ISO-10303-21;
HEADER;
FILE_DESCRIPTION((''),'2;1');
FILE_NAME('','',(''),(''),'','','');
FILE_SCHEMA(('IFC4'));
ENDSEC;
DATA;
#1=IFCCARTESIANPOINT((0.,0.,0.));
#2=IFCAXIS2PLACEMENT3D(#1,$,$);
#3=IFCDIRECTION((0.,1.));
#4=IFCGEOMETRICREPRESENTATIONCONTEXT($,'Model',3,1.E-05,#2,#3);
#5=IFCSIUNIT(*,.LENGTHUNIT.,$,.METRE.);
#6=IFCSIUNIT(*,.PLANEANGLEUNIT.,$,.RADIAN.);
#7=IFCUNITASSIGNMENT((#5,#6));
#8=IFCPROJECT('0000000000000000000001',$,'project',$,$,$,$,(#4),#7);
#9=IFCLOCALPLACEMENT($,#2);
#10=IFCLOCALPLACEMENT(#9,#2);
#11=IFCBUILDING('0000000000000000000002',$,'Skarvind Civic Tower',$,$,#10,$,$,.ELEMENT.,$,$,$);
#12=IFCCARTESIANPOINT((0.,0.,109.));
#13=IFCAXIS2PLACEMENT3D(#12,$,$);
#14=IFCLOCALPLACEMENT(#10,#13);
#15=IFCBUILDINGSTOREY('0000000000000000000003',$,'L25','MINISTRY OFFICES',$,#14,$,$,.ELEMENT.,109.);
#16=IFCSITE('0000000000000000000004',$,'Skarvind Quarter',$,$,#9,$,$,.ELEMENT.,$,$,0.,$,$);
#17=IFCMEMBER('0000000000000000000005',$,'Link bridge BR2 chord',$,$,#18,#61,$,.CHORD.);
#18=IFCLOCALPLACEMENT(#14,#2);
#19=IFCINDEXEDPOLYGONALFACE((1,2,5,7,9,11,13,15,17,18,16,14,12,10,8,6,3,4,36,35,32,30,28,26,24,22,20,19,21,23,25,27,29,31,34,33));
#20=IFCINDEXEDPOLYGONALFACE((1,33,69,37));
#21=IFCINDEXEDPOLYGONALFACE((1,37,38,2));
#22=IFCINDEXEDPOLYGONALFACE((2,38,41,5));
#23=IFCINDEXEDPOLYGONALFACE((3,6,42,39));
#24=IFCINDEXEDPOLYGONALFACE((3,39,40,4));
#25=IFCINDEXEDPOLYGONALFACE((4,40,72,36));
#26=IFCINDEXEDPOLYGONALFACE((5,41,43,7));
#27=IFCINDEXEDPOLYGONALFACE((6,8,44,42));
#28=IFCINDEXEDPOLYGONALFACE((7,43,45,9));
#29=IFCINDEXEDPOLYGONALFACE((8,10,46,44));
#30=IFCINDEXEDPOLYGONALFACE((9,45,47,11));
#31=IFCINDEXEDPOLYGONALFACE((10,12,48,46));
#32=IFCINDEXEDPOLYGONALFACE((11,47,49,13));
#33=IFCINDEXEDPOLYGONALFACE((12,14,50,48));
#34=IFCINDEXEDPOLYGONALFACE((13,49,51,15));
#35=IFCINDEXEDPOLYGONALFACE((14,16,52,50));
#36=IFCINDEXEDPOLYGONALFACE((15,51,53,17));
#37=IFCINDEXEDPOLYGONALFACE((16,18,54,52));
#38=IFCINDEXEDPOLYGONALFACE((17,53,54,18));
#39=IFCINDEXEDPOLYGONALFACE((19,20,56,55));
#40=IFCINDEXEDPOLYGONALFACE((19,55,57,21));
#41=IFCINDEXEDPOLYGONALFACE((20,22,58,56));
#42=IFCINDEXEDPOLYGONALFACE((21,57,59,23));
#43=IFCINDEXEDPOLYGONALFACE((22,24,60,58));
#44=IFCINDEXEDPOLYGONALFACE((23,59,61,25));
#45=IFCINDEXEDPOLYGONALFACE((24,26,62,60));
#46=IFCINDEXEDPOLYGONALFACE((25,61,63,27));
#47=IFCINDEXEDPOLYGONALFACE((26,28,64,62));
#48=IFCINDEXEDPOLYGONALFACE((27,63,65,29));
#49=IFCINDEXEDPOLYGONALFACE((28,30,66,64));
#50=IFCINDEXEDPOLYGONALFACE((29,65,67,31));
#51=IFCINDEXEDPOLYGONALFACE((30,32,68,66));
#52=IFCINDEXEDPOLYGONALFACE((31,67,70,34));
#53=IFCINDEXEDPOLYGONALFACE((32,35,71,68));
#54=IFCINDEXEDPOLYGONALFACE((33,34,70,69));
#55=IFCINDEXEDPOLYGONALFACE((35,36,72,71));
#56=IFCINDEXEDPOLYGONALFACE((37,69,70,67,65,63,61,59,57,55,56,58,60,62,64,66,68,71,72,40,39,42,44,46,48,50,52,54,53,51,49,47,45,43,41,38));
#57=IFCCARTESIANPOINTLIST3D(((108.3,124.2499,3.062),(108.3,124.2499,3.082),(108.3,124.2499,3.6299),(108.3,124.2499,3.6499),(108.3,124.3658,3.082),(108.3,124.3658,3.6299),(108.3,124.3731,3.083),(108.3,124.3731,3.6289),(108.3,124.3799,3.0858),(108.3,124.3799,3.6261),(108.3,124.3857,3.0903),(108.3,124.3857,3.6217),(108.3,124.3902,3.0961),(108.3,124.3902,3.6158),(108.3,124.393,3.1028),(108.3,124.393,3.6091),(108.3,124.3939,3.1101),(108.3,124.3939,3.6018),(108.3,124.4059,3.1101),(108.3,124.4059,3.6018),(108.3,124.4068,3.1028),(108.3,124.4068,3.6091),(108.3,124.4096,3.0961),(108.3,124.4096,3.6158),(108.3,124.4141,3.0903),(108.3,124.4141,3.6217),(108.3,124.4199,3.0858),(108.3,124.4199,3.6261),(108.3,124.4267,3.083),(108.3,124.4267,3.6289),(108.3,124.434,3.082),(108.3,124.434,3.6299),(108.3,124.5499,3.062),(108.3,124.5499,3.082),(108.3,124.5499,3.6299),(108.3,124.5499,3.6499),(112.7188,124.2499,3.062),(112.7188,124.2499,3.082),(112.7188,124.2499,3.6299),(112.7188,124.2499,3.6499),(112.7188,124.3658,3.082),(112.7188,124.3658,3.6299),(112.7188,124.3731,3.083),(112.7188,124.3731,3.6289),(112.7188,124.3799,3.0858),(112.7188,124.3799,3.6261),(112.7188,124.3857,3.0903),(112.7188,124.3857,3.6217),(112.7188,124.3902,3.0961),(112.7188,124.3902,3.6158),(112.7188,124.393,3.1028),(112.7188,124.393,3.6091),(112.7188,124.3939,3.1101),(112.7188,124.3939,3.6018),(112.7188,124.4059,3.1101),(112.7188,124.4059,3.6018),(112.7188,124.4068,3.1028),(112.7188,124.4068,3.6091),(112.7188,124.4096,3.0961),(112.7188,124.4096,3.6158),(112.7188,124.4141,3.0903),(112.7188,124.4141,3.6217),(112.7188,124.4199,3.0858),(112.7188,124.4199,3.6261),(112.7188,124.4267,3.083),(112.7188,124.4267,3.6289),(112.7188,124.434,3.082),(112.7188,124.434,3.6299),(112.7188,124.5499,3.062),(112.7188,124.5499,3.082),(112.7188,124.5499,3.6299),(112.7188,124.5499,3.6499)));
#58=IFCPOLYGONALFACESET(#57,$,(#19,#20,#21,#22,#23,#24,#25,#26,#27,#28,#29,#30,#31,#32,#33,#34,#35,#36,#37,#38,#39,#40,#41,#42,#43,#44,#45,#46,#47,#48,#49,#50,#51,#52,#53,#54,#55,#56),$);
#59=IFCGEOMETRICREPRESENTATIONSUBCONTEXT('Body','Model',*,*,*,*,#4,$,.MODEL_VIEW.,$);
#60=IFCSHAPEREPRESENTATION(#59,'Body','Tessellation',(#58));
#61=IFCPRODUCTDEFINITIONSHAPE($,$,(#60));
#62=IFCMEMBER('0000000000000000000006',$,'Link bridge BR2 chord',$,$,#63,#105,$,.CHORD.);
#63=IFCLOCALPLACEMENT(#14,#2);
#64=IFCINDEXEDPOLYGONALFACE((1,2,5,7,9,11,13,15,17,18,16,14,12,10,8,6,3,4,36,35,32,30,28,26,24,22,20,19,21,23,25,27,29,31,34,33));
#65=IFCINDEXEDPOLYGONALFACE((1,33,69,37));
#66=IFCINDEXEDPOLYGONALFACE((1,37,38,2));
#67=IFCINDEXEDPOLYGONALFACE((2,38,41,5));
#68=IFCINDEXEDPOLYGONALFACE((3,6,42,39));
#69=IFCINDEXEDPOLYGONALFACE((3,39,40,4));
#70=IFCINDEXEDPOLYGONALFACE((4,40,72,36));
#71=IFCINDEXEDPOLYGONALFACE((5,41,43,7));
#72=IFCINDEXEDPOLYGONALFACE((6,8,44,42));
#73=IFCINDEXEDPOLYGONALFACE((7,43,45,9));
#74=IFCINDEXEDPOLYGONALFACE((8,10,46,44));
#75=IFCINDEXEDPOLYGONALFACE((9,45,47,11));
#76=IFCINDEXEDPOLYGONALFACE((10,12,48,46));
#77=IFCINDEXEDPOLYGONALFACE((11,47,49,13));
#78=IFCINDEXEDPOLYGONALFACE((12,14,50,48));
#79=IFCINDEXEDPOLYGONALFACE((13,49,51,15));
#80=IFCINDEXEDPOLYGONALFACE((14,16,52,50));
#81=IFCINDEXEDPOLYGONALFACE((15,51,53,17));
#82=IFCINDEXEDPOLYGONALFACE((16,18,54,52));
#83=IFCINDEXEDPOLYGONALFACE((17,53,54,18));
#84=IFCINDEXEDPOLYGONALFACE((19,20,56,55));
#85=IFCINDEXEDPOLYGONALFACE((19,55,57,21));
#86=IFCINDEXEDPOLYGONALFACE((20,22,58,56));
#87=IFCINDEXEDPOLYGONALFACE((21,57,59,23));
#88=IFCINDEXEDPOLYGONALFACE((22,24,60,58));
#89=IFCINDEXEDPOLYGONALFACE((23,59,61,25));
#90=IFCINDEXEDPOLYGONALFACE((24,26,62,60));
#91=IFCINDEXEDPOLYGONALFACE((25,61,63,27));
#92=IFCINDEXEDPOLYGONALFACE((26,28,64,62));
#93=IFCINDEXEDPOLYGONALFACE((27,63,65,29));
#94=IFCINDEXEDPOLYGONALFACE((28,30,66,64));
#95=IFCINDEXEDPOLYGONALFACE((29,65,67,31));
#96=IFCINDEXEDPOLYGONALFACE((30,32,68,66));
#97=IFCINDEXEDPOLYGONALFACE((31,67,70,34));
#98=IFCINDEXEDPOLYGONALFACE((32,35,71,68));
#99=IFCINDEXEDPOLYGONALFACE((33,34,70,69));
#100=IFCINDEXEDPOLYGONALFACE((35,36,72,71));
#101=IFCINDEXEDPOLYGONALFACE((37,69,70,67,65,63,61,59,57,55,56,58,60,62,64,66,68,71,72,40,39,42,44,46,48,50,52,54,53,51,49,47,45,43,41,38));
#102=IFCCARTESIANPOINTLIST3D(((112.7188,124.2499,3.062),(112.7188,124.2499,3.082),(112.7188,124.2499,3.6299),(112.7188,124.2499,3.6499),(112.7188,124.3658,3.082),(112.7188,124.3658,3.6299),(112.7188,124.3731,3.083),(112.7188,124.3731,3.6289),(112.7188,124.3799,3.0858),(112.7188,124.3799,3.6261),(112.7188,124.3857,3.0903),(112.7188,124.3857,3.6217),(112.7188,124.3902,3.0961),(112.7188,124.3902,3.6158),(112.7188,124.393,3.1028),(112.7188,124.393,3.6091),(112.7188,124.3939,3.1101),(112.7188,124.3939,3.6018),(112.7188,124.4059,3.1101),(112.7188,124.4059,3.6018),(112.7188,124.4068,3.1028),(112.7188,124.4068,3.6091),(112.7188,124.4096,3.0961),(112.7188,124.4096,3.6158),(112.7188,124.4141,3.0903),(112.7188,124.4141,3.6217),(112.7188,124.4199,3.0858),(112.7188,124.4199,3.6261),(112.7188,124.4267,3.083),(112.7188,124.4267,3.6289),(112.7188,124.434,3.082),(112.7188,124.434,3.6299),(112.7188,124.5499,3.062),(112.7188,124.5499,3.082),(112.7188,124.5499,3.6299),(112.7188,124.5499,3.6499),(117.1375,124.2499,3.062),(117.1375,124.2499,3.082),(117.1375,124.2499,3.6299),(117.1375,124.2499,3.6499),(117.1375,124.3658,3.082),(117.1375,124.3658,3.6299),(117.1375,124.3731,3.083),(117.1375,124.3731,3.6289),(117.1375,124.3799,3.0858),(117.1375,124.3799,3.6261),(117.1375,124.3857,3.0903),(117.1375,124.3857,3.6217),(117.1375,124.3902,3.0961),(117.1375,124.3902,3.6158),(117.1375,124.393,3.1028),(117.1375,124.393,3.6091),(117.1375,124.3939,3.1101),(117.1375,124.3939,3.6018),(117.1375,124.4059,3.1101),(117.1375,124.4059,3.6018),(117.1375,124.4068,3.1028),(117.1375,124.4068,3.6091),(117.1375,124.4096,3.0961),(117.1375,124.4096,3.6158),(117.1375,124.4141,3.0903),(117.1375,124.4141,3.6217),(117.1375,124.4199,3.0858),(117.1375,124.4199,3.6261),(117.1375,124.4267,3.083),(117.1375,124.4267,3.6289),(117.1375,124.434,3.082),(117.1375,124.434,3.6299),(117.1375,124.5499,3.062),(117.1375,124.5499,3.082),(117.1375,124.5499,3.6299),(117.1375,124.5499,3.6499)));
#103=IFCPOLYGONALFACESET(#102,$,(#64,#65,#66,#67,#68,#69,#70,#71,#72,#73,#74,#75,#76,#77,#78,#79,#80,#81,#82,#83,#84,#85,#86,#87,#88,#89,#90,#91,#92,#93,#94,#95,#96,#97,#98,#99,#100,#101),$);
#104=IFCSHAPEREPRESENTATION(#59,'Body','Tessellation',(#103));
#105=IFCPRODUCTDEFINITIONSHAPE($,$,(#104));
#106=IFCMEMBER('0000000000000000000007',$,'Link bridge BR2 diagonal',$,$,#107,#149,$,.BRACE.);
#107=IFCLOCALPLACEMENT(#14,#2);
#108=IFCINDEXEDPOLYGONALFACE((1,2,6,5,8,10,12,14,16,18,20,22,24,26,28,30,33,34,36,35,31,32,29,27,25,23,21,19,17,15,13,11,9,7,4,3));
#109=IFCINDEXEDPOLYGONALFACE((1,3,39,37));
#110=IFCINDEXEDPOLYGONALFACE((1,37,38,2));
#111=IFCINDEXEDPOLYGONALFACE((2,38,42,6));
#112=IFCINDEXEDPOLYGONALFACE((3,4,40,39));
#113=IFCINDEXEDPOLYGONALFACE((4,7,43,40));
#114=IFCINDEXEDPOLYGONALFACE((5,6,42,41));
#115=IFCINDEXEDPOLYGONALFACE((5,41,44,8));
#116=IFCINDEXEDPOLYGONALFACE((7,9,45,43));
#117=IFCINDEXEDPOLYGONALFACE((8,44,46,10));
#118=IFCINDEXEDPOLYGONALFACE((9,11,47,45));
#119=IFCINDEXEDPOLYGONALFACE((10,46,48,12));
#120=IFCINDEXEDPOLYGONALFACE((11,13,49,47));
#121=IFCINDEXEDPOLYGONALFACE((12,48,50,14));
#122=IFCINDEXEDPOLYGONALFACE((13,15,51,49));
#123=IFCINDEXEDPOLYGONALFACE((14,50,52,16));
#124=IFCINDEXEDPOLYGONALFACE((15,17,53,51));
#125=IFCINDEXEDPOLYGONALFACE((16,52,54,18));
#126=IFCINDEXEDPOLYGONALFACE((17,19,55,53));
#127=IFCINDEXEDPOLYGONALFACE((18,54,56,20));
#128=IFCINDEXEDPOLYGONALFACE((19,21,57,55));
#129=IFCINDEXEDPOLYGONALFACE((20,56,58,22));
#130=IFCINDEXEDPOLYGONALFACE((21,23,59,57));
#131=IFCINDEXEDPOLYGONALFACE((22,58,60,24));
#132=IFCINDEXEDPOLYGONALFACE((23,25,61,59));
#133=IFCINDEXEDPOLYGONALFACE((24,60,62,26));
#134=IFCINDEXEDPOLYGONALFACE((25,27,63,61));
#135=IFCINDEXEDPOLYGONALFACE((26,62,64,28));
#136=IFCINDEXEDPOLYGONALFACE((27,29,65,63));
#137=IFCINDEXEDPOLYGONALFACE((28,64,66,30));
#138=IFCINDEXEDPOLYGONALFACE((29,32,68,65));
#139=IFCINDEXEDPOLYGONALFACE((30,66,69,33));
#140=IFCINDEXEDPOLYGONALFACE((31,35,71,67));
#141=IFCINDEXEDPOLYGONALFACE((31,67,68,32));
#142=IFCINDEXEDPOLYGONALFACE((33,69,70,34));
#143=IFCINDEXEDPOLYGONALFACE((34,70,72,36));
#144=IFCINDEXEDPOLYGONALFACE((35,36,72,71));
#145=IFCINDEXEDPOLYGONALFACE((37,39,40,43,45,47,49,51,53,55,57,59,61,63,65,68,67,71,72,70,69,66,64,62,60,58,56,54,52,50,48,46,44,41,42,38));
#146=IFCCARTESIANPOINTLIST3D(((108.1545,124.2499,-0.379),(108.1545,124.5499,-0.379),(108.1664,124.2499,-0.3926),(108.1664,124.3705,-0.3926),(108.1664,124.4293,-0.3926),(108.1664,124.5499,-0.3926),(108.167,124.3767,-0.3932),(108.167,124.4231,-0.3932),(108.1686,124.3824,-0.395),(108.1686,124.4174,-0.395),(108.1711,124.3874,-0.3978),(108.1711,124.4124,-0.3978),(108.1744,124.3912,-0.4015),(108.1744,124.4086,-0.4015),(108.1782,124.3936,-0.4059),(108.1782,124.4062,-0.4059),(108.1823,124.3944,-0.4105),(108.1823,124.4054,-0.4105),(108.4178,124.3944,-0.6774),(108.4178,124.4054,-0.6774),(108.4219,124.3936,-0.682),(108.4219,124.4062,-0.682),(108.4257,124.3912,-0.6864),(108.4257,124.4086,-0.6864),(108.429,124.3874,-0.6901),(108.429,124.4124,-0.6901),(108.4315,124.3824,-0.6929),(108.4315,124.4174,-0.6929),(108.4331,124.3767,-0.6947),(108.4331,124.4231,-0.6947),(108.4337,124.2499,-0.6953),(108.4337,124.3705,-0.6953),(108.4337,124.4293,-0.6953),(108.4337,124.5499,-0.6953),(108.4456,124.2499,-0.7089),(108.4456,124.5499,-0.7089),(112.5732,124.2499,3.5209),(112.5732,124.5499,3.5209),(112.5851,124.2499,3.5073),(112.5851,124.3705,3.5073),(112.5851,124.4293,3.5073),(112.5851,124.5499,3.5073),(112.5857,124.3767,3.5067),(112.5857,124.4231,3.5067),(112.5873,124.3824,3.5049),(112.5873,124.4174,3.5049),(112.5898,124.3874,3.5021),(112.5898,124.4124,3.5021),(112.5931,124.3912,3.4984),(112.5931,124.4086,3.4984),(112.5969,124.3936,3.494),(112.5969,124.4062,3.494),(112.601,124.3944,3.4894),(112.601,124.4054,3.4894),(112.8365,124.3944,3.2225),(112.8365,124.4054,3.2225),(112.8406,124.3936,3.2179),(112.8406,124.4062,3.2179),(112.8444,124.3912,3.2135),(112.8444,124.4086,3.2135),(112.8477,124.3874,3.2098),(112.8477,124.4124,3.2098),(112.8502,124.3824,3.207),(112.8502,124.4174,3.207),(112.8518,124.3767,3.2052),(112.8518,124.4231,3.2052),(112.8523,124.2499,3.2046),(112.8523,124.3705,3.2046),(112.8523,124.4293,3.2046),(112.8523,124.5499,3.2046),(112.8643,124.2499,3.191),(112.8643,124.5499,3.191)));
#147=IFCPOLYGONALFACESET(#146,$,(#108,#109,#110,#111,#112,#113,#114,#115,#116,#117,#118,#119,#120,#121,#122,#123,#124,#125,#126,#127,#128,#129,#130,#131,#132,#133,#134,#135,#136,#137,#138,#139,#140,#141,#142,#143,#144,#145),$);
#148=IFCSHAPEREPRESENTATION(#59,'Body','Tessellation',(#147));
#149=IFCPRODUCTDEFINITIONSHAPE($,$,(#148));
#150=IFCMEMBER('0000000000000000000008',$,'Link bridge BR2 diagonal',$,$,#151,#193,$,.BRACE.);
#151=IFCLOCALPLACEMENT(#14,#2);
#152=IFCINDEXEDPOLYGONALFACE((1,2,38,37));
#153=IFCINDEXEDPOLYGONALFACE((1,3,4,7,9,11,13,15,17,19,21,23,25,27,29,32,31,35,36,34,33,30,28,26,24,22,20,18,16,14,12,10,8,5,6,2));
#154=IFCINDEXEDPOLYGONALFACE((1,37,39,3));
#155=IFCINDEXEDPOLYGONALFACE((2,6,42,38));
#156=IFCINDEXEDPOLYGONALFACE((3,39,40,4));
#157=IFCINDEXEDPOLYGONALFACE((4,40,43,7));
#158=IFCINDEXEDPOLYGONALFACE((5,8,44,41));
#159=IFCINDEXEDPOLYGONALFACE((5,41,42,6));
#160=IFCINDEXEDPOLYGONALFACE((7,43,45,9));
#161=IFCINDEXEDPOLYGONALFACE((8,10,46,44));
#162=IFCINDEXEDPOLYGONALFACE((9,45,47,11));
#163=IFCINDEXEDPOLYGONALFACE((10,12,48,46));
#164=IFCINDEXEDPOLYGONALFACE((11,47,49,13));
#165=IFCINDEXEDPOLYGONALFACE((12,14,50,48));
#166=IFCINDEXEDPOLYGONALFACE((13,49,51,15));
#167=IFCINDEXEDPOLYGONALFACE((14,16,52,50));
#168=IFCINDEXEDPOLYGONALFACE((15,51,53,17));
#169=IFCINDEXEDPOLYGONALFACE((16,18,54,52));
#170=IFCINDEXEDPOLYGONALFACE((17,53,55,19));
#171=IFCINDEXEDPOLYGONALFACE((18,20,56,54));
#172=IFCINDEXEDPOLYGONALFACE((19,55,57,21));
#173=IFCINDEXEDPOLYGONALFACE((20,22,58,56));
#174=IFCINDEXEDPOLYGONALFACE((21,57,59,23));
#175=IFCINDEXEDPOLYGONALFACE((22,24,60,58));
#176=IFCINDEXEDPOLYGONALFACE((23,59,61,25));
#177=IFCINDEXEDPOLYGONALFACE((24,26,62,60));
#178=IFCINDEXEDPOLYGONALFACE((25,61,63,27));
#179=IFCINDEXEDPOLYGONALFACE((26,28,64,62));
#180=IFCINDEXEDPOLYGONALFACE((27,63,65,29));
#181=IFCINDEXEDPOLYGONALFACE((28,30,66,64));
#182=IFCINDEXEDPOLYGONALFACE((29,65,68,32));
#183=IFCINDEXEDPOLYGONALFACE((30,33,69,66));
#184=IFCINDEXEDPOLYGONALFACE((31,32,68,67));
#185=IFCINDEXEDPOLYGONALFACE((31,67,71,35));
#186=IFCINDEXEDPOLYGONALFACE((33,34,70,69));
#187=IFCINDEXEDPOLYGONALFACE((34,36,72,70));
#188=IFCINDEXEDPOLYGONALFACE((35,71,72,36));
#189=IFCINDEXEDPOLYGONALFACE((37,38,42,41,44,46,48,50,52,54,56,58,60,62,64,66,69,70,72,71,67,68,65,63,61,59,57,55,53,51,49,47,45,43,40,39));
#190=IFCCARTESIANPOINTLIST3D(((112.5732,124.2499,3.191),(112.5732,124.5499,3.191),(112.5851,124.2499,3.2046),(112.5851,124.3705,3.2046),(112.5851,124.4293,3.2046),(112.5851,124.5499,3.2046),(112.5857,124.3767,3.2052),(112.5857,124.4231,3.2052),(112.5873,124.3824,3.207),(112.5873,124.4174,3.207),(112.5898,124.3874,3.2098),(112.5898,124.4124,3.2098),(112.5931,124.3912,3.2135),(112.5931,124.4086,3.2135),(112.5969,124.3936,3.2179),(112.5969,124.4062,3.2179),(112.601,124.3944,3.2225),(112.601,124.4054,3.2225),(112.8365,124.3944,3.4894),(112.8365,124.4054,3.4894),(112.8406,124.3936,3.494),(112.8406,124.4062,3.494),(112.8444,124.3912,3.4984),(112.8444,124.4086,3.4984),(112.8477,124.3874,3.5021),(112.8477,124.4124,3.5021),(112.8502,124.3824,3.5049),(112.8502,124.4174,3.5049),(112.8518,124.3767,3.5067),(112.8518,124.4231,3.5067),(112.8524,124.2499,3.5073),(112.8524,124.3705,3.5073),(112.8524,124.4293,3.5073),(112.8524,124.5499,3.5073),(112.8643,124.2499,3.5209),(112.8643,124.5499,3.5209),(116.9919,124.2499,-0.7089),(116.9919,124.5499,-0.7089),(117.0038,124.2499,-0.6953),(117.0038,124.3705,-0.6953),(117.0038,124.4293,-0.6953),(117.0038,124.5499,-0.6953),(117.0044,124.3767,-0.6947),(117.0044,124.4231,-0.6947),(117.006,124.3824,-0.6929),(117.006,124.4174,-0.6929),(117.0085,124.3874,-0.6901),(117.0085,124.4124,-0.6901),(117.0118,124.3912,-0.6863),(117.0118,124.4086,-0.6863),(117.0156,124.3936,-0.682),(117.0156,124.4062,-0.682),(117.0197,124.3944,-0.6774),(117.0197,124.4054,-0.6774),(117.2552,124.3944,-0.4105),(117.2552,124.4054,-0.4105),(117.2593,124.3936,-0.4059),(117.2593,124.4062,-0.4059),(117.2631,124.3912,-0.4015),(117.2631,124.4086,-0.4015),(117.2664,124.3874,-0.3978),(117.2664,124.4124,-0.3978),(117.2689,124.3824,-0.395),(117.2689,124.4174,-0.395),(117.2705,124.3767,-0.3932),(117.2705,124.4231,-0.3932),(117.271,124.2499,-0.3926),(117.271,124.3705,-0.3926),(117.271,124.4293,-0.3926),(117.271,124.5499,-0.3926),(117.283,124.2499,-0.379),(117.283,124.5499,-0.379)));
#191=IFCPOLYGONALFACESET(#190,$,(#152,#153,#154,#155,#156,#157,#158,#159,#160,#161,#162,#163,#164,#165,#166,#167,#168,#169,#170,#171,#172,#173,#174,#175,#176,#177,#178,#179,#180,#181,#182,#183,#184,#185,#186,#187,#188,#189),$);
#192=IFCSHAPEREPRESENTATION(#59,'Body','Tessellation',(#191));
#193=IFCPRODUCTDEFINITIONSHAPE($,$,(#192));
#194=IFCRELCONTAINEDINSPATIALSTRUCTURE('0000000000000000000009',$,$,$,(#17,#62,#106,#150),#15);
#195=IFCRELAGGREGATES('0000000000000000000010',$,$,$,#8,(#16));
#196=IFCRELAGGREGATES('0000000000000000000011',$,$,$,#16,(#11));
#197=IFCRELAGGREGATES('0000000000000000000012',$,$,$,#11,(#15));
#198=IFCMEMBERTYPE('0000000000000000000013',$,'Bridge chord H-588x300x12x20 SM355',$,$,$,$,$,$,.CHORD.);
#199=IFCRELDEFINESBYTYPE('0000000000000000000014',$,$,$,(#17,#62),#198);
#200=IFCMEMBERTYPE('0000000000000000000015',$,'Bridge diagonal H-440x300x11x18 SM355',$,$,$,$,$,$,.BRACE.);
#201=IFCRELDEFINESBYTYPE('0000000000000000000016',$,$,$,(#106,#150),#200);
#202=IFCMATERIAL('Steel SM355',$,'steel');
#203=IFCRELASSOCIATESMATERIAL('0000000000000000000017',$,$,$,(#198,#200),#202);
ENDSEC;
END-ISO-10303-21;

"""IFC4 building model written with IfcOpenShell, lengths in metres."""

from ifc_helpers import new_model, si_unit, direction, frame, origin, origin_2d, place, context, subcontext, project, spatial, i_section, extrude, material, material_profile, profile_set, type_object, element, save


model = new_model("IFC4")

# Units and contexts
model_context = context("Model", 3, precision=1e-05, world=origin(), true_north=direction((0.0, 1.0)))
body_context = subcontext(model_context, "Body", "Model", "MODEL_VIEW")
ifc_project = project(units=[si_unit("LENGTHUNIT", "METRE"), si_unit("PLANEANGLEUNIT", "RADIAN")], contexts=[model_context])

# Site, building, storey
site_placement = place(None, origin())
site = spatial("IfcSite", under=ifc_project, at=site_placement, Name="Skarvind Quarter", CompositionType="ELEMENT", RefElevation=0.0)
building_placement = place(site_placement, origin())
building = spatial("IfcBuilding", under=site, at=building_placement, Name="Skarvind Civic Tower", CompositionType="ELEMENT")
storey_placement = place(building_placement, frame((0.0, 0.0, 109.0)))
storey = spatial("IfcBuildingStorey", under=building, at=storey_placement, Name="L25", Description="MINISTRY OFFICES", CompositionType="ELEMENT", Elevation=109.0)

# Members
ifc_material_1 = material(Name="Steel SM355", Category="steel")
ifc_material_profile_1 = material_profile(ifc_material_1, i_section(OverallWidth=0.3, OverallDepth=0.5879, WebThickness=0.012, FlangeThickness=0.02, FilletRadius=0.0281, at=origin_2d()), Name="H-588x300x12x20")
ifc_profile_set_1 = profile_set([ifc_material_profile_1], Name="Steel SM355")
member_type_1 = type_object("IfcMemberType", Name="Bridge chord H-588x300x12x20 SM355", PredefinedType="CHORD", material=ifc_profile_set_1)
for number, where, z_axis, x_axis, name in (
    (1, (108.3, 124.3999, 3.356), (1.0, 0.0, 0.0), (0.0, 1.0, 0.0), "Link bridge BR2 chord"),
    (2, (112.7188, 124.3999, 3.356), (1.0, 0.0, 0.0), (0.0, 1.0, 0.0), "Link bridge BR2 chord"),
):
    element("IfcMember", number, at=place(storey_placement, frame(where, z_axis=z_axis, x_axis=x_axis)), inside=storey, type_object=member_type_1, Name=name, PredefinedType="CHORD", context=body_context, shape_type="SweptSolid", body=[
        extrude(i_section(OverallWidth=0.3, OverallDepth=0.5879, WebThickness=0.012, FlangeThickness=0.02, FilletRadius=0.0281, at=origin_2d()), origin(), (0.0, 0.0, 1.0), 4.4187),
    ])
ifc_material_profile_2 = material_profile(ifc_material_1, i_section(OverallWidth=0.3, OverallDepth=0.4399, WebThickness=0.011, FlangeThickness=0.0181, FilletRadius=0.0239, at=origin_2d()), Name="H-440x300x11x18")
ifc_profile_set_2 = profile_set([ifc_material_profile_2], Name="Steel SM355")
member_type_2 = type_object("IfcMemberType", Name="Bridge diagonal H-440x300x11x18 SM355", PredefinedType="BRACE", material=ifc_profile_set_2)
for number, where, z_axis, x_axis, name in (
    (3, (108.3, 124.3999, -0.5439), (0.74975, 0.0, 0.661722), (0.0, 1.0, 0.0), "Link bridge BR2 diagonal"),
    (4, (112.7188, 124.3999, 3.356), (0.74975, 0.0, -0.661722), (0.0, 1.0, 0.0), "Link bridge BR2 diagonal"),
):
    element("IfcMember", number, at=place(storey_placement, frame(where, z_axis=z_axis, x_axis=x_axis)), inside=storey, type_object=member_type_2, Name=name, PredefinedType="BRACE", context=body_context, shape_type="SweptSolid", body=[
        extrude(i_section(OverallWidth=0.3, OverallDepth=0.4399, WebThickness=0.011, FlangeThickness=0.0181, FilletRadius=0.0239, at=origin_2d()), origin(), (0.0, 0.0, 1.0), 5.8936),
    ])

save(model, "model.ifc")
